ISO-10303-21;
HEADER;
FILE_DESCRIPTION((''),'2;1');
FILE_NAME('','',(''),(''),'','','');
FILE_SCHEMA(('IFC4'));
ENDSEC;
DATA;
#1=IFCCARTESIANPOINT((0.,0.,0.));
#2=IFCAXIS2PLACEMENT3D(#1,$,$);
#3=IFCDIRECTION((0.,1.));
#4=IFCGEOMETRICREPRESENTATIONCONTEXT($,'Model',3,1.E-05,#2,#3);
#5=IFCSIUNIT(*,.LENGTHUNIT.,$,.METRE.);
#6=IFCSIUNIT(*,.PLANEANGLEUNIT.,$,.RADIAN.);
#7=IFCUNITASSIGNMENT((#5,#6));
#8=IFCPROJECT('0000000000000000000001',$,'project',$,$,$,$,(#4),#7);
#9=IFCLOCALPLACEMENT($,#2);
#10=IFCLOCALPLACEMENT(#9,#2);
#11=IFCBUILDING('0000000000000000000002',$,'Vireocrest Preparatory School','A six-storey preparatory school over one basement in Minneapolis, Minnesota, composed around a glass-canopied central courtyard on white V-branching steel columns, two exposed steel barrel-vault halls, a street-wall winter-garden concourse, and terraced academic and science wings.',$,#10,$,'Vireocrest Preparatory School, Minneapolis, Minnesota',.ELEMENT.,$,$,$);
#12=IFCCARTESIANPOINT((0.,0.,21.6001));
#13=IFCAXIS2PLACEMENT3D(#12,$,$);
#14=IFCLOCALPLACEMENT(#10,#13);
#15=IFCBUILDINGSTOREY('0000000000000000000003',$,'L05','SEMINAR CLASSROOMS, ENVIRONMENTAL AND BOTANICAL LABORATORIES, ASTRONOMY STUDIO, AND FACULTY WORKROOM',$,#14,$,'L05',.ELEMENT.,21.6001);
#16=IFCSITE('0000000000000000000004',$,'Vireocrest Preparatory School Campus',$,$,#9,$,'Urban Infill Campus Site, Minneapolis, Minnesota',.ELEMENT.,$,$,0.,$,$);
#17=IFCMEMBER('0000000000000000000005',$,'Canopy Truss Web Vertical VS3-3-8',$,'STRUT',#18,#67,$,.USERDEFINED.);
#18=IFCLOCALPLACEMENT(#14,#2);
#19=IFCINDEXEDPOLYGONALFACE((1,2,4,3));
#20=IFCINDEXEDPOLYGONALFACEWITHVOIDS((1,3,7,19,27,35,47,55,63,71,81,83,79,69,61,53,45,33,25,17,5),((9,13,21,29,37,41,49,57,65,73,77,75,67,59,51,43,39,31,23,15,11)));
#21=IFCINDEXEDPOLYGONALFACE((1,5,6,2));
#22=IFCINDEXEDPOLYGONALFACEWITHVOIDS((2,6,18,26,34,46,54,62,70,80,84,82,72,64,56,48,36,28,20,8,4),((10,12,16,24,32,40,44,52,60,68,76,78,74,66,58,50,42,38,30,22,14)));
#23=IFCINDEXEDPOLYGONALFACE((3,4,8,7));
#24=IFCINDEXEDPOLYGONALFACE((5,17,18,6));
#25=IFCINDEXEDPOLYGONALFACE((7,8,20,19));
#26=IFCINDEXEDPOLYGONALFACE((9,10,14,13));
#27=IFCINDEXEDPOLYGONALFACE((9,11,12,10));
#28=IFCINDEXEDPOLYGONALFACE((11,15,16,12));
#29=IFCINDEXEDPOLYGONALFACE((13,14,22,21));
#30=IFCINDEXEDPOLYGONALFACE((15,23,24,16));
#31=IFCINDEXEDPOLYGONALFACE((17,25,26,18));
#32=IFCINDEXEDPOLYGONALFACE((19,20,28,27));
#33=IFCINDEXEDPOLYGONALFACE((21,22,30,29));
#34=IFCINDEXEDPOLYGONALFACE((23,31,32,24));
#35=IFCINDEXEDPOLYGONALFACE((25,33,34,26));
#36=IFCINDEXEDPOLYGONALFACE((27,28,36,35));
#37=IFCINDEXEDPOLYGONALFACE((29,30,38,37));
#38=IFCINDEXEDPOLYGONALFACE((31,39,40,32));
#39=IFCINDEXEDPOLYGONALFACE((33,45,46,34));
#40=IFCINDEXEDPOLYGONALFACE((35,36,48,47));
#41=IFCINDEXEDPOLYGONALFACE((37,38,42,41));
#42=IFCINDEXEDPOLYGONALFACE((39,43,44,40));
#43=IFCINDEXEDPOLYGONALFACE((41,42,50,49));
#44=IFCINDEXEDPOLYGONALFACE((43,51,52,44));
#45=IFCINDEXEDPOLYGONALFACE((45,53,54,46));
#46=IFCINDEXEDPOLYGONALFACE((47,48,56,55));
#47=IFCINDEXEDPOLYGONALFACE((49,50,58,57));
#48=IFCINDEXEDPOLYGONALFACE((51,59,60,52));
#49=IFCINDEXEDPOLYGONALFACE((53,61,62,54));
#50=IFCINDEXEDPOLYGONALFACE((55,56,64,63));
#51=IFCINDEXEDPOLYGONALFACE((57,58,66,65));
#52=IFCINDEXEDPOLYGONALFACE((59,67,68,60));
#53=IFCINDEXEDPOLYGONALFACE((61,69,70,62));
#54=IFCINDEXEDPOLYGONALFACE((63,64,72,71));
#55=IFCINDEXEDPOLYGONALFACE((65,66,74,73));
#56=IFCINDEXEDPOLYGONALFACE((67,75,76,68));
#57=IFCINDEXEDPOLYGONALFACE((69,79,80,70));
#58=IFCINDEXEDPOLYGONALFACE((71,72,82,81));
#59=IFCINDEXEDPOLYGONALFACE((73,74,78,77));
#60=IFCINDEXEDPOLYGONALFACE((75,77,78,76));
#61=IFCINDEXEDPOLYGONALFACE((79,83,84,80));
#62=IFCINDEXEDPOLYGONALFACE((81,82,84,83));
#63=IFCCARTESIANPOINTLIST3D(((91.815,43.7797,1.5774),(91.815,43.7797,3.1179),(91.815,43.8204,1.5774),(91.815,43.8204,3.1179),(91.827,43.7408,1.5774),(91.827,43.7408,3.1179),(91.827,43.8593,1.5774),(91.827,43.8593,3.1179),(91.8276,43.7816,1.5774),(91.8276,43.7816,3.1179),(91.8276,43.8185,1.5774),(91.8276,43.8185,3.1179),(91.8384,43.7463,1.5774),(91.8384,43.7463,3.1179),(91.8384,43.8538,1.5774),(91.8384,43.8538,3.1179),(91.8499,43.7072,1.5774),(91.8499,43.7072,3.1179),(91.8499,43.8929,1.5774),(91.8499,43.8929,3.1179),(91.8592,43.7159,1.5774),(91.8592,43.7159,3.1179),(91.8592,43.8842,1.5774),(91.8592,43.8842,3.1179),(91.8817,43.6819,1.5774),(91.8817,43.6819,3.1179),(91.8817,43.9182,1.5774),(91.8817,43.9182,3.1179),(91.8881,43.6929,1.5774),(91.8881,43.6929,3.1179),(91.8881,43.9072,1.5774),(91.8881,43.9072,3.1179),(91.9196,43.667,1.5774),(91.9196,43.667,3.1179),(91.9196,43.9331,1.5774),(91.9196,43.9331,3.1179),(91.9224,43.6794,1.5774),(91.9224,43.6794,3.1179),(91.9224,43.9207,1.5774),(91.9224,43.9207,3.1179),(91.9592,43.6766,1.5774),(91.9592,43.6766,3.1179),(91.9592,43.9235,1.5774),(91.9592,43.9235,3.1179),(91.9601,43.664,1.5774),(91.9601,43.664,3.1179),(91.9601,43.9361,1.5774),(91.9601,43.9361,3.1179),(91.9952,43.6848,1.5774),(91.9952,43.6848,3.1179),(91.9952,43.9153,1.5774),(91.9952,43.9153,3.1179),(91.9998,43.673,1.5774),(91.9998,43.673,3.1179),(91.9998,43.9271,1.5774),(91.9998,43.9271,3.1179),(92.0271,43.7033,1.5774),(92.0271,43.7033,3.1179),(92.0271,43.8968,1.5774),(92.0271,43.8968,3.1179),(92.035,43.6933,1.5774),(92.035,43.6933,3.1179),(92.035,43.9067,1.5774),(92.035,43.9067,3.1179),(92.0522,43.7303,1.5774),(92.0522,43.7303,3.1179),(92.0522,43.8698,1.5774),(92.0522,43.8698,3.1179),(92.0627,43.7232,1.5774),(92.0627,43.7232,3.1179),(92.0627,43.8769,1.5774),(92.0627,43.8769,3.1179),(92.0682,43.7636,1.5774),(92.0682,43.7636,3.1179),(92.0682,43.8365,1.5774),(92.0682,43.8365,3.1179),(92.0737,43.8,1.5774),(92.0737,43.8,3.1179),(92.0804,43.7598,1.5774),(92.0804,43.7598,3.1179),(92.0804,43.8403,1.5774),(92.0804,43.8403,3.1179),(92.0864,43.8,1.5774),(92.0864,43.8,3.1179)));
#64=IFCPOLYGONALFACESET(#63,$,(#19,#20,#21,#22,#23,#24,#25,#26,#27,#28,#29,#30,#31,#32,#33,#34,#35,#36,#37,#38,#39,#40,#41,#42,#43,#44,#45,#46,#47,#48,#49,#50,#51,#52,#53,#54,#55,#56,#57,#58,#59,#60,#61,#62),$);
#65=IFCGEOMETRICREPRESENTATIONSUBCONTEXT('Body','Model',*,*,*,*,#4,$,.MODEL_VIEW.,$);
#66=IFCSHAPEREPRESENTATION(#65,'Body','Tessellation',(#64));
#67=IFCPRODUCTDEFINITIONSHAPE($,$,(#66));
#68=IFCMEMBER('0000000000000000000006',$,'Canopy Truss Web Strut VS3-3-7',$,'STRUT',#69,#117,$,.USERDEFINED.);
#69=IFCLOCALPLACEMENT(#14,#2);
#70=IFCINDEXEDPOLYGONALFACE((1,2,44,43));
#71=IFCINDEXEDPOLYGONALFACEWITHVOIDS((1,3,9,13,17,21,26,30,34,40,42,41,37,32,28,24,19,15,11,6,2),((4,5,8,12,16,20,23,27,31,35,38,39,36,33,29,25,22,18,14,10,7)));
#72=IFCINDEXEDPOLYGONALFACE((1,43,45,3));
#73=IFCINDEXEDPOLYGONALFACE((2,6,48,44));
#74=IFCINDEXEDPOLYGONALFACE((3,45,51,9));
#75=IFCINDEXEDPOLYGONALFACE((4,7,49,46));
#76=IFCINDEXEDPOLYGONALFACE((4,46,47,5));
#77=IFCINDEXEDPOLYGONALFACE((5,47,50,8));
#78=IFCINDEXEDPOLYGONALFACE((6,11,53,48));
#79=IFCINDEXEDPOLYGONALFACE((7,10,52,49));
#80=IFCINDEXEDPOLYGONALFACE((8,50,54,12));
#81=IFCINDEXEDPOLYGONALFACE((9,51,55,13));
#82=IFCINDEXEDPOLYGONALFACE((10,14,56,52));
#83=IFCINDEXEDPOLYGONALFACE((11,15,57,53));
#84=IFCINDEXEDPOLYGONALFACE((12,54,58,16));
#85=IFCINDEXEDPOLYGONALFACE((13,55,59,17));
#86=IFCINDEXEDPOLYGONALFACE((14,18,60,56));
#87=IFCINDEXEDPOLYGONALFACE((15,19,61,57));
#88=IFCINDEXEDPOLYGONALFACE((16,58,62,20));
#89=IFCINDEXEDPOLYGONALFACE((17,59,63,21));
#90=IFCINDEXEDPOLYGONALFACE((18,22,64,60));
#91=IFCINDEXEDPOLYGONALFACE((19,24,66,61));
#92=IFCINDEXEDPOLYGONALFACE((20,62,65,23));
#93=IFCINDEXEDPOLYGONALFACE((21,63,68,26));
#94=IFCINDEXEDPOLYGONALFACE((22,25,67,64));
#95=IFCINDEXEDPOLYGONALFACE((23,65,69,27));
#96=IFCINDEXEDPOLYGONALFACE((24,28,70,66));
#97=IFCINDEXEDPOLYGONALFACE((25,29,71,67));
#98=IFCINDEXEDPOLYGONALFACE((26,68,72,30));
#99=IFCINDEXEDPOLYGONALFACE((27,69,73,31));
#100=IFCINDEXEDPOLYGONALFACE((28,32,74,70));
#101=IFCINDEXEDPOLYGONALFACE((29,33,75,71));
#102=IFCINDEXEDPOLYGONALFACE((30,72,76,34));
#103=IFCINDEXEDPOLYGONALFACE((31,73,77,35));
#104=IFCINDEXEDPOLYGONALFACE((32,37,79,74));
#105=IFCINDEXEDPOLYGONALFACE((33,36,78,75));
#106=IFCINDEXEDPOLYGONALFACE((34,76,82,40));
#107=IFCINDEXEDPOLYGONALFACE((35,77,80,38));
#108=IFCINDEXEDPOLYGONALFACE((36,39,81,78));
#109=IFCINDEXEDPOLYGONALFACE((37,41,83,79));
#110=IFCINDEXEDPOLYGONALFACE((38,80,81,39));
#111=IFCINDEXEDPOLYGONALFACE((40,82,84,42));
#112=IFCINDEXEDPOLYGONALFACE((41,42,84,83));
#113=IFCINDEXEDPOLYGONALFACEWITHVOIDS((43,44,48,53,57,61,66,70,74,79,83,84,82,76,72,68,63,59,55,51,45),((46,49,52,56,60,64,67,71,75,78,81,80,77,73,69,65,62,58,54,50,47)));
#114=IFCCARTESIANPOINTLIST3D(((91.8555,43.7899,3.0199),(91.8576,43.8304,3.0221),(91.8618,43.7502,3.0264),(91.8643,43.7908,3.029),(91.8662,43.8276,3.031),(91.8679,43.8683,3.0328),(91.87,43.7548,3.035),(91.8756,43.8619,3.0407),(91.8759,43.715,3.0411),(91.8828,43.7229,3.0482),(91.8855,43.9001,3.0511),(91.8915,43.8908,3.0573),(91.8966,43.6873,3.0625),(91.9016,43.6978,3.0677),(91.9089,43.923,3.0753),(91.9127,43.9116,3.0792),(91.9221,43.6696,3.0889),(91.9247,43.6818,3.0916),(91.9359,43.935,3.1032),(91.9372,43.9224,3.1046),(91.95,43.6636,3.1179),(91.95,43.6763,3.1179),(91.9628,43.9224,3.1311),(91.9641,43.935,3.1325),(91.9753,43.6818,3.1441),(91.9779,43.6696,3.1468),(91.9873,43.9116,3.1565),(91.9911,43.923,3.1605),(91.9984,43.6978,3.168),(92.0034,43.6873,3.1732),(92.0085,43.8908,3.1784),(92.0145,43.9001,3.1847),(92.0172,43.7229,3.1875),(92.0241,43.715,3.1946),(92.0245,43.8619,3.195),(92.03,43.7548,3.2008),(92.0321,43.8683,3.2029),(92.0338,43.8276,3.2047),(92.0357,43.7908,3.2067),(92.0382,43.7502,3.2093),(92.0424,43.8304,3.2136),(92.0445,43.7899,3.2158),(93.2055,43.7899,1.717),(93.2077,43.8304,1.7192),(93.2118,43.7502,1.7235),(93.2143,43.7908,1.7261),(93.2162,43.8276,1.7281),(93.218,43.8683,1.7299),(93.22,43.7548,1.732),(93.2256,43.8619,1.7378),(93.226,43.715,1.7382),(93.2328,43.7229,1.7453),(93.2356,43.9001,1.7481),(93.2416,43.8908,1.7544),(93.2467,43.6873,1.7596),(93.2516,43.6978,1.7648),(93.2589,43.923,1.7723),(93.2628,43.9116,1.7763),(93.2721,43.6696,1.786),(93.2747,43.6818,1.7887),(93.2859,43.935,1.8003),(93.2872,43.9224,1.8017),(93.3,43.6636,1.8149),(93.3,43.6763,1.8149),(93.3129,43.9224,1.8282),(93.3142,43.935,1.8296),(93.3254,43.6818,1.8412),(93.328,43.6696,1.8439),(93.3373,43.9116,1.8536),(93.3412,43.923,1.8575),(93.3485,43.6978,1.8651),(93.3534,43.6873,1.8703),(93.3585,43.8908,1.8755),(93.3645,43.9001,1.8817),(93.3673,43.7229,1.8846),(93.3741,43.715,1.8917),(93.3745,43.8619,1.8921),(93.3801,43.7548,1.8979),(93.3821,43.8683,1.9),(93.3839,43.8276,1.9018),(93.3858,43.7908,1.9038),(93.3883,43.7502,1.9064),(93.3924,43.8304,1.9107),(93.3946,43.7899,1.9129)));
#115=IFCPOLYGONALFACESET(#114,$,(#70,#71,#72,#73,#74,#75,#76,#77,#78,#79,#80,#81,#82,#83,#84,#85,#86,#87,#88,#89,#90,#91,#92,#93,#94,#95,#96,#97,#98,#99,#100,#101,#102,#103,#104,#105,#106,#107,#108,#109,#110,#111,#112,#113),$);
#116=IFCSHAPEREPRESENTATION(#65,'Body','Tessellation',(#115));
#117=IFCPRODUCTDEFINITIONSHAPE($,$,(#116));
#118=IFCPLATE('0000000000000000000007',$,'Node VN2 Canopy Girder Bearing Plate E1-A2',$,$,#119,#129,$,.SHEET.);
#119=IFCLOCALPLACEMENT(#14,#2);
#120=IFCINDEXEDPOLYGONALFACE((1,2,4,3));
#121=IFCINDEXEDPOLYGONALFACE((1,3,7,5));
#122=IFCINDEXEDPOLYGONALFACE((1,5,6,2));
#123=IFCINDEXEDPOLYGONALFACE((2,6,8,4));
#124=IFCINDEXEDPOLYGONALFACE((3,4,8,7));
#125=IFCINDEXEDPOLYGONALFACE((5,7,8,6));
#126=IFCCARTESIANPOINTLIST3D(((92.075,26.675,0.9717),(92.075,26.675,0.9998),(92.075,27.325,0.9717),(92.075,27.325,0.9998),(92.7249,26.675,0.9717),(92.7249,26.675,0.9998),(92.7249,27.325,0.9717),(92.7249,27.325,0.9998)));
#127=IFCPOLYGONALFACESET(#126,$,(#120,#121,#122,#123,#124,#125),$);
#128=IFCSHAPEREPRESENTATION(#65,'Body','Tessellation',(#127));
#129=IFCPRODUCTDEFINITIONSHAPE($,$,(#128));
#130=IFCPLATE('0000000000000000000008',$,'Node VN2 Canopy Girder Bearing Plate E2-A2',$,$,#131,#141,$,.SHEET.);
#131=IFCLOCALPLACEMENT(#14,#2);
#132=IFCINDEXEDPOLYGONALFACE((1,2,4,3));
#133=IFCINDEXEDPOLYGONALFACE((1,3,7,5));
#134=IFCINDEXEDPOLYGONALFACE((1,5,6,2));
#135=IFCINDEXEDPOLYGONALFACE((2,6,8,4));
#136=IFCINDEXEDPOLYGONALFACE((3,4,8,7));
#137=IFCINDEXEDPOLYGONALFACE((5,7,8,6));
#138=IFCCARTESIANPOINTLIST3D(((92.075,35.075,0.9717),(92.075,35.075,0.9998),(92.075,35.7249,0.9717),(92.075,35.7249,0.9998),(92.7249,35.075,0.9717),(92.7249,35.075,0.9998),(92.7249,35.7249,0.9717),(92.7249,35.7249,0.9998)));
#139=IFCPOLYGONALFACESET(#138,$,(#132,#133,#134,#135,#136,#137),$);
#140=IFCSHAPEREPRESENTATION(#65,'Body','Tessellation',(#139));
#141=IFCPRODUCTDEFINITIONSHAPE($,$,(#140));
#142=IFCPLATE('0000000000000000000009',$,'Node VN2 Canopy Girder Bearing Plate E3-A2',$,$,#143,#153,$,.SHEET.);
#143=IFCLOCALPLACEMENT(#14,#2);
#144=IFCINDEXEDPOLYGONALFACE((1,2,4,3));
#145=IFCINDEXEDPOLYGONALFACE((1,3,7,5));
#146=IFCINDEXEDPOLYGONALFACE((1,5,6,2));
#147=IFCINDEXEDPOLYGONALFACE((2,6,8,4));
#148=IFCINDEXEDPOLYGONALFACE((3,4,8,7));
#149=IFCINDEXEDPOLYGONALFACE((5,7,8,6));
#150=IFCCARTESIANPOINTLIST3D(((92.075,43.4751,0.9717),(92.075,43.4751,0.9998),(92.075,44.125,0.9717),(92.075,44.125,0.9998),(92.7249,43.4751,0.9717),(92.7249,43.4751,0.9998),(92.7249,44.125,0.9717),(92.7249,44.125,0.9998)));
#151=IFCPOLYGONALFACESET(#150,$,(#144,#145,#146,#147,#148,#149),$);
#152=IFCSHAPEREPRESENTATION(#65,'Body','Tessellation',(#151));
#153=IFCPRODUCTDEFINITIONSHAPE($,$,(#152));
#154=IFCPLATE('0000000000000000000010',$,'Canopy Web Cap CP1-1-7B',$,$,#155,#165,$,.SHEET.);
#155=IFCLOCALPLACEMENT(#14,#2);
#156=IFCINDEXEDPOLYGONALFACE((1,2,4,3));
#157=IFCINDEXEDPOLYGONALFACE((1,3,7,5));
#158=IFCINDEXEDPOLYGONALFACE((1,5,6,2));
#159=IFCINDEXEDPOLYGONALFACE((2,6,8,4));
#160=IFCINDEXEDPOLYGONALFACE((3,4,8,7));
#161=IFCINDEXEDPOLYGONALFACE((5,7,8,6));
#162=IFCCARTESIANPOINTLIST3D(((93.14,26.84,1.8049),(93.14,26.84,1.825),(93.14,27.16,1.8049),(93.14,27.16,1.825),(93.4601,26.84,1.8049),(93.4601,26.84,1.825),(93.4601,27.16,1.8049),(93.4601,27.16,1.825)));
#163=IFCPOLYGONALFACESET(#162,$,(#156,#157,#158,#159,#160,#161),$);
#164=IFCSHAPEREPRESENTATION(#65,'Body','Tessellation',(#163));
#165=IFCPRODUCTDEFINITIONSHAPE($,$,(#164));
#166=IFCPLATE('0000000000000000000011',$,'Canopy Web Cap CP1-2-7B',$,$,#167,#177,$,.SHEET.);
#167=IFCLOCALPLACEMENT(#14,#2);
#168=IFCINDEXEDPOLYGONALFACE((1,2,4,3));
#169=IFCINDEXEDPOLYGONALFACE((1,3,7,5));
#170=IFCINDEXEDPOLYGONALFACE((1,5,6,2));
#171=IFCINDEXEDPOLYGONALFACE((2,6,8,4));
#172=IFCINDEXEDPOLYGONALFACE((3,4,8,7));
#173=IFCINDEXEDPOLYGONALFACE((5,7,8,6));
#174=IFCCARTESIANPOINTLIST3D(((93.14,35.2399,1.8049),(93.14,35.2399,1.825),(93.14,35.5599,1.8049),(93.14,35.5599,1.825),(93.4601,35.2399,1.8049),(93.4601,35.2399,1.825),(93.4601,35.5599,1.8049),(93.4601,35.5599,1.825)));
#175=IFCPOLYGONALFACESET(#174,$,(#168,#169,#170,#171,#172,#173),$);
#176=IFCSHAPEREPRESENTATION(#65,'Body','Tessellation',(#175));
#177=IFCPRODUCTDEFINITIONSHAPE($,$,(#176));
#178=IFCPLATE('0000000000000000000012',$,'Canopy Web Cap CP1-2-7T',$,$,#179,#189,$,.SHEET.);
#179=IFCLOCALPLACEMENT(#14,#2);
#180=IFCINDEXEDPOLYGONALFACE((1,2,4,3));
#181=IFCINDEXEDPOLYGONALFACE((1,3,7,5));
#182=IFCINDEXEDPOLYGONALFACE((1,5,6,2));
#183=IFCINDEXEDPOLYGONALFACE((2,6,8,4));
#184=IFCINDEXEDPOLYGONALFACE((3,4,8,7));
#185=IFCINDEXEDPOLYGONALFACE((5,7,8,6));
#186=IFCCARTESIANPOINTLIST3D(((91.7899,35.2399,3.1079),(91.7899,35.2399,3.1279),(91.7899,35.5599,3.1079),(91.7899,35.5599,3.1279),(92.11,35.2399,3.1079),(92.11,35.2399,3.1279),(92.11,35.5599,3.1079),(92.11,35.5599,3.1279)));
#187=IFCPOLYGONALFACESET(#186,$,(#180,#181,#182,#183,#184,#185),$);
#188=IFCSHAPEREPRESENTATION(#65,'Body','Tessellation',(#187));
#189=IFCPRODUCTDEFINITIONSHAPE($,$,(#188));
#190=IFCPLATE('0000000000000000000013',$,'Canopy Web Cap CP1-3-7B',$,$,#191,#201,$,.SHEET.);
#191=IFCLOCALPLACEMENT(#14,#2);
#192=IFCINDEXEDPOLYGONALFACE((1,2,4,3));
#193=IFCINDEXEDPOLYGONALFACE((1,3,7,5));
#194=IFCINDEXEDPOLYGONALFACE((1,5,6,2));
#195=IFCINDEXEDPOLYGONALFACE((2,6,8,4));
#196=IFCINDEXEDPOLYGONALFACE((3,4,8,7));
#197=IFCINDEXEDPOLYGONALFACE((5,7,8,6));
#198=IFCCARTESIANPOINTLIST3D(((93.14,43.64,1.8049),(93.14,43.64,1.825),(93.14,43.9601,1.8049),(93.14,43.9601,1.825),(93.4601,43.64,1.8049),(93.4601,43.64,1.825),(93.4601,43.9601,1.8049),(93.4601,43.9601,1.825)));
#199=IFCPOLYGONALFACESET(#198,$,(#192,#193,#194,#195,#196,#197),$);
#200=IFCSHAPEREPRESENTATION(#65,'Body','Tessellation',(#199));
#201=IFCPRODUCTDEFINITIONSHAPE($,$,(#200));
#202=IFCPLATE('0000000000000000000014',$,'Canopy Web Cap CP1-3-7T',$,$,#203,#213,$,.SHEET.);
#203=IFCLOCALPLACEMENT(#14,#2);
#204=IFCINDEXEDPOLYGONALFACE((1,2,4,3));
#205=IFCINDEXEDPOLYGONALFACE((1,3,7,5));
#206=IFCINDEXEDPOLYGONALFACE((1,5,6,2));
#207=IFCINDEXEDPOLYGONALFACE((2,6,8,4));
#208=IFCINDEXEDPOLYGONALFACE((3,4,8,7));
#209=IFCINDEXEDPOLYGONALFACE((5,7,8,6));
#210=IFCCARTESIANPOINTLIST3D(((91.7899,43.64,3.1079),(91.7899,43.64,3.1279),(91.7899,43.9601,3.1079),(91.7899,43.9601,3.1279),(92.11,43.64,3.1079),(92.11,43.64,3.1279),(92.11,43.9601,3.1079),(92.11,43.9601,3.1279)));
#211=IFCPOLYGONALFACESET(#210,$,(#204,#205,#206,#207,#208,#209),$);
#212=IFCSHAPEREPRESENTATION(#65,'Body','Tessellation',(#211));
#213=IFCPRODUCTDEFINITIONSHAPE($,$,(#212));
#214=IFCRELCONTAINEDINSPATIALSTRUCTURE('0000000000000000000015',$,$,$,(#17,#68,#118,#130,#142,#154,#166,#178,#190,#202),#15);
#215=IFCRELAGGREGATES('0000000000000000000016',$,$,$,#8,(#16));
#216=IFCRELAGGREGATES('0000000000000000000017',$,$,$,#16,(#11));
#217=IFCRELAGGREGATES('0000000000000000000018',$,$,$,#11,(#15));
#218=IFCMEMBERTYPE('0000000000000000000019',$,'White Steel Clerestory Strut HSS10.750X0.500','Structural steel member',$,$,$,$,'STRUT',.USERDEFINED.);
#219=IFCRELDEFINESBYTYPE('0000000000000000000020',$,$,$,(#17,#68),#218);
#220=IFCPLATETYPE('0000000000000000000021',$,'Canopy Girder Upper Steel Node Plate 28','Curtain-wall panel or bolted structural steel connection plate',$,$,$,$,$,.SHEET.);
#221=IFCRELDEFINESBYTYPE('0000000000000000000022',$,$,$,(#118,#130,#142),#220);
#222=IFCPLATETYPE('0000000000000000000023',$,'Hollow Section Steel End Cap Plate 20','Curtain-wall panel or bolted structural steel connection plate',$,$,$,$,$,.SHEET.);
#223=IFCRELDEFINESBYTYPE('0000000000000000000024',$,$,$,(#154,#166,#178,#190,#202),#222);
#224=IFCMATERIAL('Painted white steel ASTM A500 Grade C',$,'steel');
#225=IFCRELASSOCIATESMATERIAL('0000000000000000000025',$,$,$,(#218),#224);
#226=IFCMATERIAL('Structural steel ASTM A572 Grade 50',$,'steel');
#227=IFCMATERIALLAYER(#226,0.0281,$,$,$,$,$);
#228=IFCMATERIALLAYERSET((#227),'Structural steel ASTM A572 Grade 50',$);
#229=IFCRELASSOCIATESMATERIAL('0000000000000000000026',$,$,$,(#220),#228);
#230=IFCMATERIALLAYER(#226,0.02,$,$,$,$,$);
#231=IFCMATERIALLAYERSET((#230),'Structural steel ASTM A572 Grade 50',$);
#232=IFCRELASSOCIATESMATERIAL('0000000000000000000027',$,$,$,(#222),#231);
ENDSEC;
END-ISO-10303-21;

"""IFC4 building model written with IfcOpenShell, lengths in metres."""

from ifc_helpers import new_model, si_unit, direction, frame, origin, origin_2d, place, context, subcontext, project, spatial, rectangle, hollow_circle, extrude, material, layer, layer_set, material_profile, profile_set, type_object, element, save


model = new_model("IFC4")

# Units and contexts
model_context = context("Model", 3, precision=1e-05, world=origin(), true_north=direction((0.0, 1.0)))
body_context = subcontext(model_context, "Body", "Model", "MODEL_VIEW")
ifc_project = project(units=[si_unit("LENGTHUNIT", "METRE"), si_unit("PLANEANGLEUNIT", "RADIAN")], contexts=[model_context])

# Site, building, storey
site_placement = place(None, origin())
site = spatial("IfcSite", under=ifc_project, at=site_placement, Name="Vireocrest Preparatory School Campus", LongName="Urban Infill Campus Site, Minneapolis, Minnesota", CompositionType="ELEMENT", RefElevation=0.0)
building_placement = place(site_placement, origin())
building = spatial("IfcBuilding", under=site, at=building_placement, Name="Vireocrest Preparatory School", Description="A six-storey preparatory school over one basement in Minneapolis, Minnesota, composed around a glass-canopied central courtyard on white V-branching steel columns, two exposed steel barrel-vault halls, a street-wall winter-garden concourse, and terraced academic and science wings.", LongName="Vireocrest Preparatory School, Minneapolis, Minnesota", CompositionType="ELEMENT")
storey_placement = place(building_placement, frame((0.0, 0.0, 21.6001)))
storey = spatial("IfcBuildingStorey", under=building, at=storey_placement, Name="L05", Description="SEMINAR CLASSROOMS, ENVIRONMENTAL AND BOTANICAL LABORATORIES, ASTRONOMY STUDIO, AND FACULTY WORKROOM", LongName="L05", CompositionType="ELEMENT", Elevation=21.6001)

# Shared definitions
ifc_material_1 = material(Name="Painted white steel ASTM A500 Grade C", Category="steel")

# Members
ifc_material_profile_1 = material_profile(ifc_material_1, hollow_circle(Radius=0.1365, WallThickness=0.0127, at=origin_2d()), Name="HSS10.750X0.500")
ifc_profile_set_1 = profile_set([ifc_material_profile_1], Name="Painted white steel ASTM A500 Grade C")
member_type_1 = type_object("IfcMemberType", Name="White Steel Clerestory Strut HSS10.750X0.500", Description="Structural steel member", ElementType="STRUT", PredefinedType="USERDEFINED", material=ifc_profile_set_1)
member_1_placement = place(storey_placement, frame((91.95, 43.8, 1.5774), z_axis=(0.0, 0.0, 1.0), x_axis=(1.0, 0.0, 0.0)))
element("IfcMember", 1, at=member_1_placement, inside=storey, type_object=member_type_1, Name="Canopy Truss Web Vertical VS3-3-8", ObjectType="STRUT", PredefinedType="USERDEFINED", context=body_context, shape_type="SweptSolid", body=[
    extrude(hollow_circle(Radius=0.1365, WallThickness=0.0127, at=origin_2d()), origin(), (0.0, 0.0, 1.0), 1.5405),
])
member_2_placement = place(storey_placement, frame((93.3, 43.8, 1.8149), z_axis=(-0.719552, 0.0, 0.694439), x_axis=(0.0, -1.0, 0.0)))
element("IfcMember", 2, at=member_2_placement, inside=storey, type_object=member_type_1, Name="Canopy Truss Web Strut VS3-3-7", ObjectType="STRUT", PredefinedType="USERDEFINED", context=body_context, shape_type="SweptSolid", body=[
    extrude(hollow_circle(Radius=0.1365, WallThickness=0.0127, at=origin_2d()), origin(), (0.0, 0.0, 1.0), 1.8762),
])

# Plates
ifc_material_2 = material(Name="Structural steel ASTM A572 Grade 50", Category="steel")
ifc_layer_1 = layer(ifc_material_2, 0.0281)
ifc_layer_set_1 = layer_set([ifc_layer_1], Name="Structural steel ASTM A572 Grade 50")
plate_type_1 = type_object("IfcPlateType", Name="Canopy Girder Upper Steel Node Plate 28", Description="Curtain-wall panel or bolted structural steel connection plate", PredefinedType="SHEET", material=ifc_layer_set_1)
for number, where, z_axis, x_axis, name in (
    (3, (92.3999, 27.0, 0.9717), (0.0, 0.0, 1.0), (1.0, 0.0, 0.0), "Node VN2 Canopy Girder Bearing Plate E1-A2"),
    (4, (92.3999, 35.3999, 0.9717), (0.0, 0.0, 1.0), (1.0, 0.0, 0.0), "Node VN2 Canopy Girder Bearing Plate E2-A2"),
    (5, (92.3999, 43.8, 0.9717), (0.0, 0.0, 1.0), (1.0, 0.0, 0.0), "Node VN2 Canopy Girder Bearing Plate E3-A2"),
):
    element("IfcPlate", number, at=place(storey_placement, frame(where, z_axis=z_axis, x_axis=x_axis)), inside=storey, type_object=plate_type_1, Name=name, PredefinedType="SHEET", context=body_context, shape_type="SweptSolid", body=[
        extrude(rectangle(XDim=0.6499, YDim=0.6499, at=origin_2d()), origin(), (0.0, 0.0, 1.0), 0.0281),
    ])
ifc_layer_2 = layer(ifc_material_2, 0.02)
ifc_layer_set_2 = layer_set([ifc_layer_2], Name="Structural steel ASTM A572 Grade 50")
plate_type_2 = type_object("IfcPlateType", Name="Hollow Section Steel End Cap Plate 20", Description="Curtain-wall panel or bolted structural steel connection plate", PredefinedType="SHEET", material=ifc_layer_set_2)
for number, where, z_axis, x_axis, name in (
    (6, (93.3, 27.0, 1.8049), (0.0, 0.0, 1.0), (1.0, 0.0, 0.0), "Canopy Web Cap CP1-1-7B"),
    (7, (93.3, 35.3999, 1.8049), (0.0, 0.0, 1.0), (1.0, 0.0, 0.0), "Canopy Web Cap CP1-2-7B"),
    (8, (91.95, 35.3999, 3.1079), (0.0, 0.0, 1.0), (1.0, 0.0, 0.0), "Canopy Web Cap CP1-2-7T"),
    (9, (93.3, 43.8, 1.8049), (0.0, 0.0, 1.0), (1.0, 0.0, 0.0), "Canopy Web Cap CP1-3-7B"),
    (10, (91.95, 43.8, 3.1079), (0.0, 0.0, 1.0), (1.0, 0.0, 0.0), "Canopy Web Cap CP1-3-7T"),
):
    element("IfcPlate", number, at=place(storey_placement, frame(where, z_axis=z_axis, x_axis=x_axis)), inside=storey, type_object=plate_type_2, Name=name, PredefinedType="SHEET", context=body_context, shape_type="SweptSolid", body=[
        extrude(rectangle(XDim=0.3201, YDim=0.3201, at=origin_2d()), origin(), (0.0, 0.0, 1.0), 0.02),
    ])

save(model, "model.ifc")
